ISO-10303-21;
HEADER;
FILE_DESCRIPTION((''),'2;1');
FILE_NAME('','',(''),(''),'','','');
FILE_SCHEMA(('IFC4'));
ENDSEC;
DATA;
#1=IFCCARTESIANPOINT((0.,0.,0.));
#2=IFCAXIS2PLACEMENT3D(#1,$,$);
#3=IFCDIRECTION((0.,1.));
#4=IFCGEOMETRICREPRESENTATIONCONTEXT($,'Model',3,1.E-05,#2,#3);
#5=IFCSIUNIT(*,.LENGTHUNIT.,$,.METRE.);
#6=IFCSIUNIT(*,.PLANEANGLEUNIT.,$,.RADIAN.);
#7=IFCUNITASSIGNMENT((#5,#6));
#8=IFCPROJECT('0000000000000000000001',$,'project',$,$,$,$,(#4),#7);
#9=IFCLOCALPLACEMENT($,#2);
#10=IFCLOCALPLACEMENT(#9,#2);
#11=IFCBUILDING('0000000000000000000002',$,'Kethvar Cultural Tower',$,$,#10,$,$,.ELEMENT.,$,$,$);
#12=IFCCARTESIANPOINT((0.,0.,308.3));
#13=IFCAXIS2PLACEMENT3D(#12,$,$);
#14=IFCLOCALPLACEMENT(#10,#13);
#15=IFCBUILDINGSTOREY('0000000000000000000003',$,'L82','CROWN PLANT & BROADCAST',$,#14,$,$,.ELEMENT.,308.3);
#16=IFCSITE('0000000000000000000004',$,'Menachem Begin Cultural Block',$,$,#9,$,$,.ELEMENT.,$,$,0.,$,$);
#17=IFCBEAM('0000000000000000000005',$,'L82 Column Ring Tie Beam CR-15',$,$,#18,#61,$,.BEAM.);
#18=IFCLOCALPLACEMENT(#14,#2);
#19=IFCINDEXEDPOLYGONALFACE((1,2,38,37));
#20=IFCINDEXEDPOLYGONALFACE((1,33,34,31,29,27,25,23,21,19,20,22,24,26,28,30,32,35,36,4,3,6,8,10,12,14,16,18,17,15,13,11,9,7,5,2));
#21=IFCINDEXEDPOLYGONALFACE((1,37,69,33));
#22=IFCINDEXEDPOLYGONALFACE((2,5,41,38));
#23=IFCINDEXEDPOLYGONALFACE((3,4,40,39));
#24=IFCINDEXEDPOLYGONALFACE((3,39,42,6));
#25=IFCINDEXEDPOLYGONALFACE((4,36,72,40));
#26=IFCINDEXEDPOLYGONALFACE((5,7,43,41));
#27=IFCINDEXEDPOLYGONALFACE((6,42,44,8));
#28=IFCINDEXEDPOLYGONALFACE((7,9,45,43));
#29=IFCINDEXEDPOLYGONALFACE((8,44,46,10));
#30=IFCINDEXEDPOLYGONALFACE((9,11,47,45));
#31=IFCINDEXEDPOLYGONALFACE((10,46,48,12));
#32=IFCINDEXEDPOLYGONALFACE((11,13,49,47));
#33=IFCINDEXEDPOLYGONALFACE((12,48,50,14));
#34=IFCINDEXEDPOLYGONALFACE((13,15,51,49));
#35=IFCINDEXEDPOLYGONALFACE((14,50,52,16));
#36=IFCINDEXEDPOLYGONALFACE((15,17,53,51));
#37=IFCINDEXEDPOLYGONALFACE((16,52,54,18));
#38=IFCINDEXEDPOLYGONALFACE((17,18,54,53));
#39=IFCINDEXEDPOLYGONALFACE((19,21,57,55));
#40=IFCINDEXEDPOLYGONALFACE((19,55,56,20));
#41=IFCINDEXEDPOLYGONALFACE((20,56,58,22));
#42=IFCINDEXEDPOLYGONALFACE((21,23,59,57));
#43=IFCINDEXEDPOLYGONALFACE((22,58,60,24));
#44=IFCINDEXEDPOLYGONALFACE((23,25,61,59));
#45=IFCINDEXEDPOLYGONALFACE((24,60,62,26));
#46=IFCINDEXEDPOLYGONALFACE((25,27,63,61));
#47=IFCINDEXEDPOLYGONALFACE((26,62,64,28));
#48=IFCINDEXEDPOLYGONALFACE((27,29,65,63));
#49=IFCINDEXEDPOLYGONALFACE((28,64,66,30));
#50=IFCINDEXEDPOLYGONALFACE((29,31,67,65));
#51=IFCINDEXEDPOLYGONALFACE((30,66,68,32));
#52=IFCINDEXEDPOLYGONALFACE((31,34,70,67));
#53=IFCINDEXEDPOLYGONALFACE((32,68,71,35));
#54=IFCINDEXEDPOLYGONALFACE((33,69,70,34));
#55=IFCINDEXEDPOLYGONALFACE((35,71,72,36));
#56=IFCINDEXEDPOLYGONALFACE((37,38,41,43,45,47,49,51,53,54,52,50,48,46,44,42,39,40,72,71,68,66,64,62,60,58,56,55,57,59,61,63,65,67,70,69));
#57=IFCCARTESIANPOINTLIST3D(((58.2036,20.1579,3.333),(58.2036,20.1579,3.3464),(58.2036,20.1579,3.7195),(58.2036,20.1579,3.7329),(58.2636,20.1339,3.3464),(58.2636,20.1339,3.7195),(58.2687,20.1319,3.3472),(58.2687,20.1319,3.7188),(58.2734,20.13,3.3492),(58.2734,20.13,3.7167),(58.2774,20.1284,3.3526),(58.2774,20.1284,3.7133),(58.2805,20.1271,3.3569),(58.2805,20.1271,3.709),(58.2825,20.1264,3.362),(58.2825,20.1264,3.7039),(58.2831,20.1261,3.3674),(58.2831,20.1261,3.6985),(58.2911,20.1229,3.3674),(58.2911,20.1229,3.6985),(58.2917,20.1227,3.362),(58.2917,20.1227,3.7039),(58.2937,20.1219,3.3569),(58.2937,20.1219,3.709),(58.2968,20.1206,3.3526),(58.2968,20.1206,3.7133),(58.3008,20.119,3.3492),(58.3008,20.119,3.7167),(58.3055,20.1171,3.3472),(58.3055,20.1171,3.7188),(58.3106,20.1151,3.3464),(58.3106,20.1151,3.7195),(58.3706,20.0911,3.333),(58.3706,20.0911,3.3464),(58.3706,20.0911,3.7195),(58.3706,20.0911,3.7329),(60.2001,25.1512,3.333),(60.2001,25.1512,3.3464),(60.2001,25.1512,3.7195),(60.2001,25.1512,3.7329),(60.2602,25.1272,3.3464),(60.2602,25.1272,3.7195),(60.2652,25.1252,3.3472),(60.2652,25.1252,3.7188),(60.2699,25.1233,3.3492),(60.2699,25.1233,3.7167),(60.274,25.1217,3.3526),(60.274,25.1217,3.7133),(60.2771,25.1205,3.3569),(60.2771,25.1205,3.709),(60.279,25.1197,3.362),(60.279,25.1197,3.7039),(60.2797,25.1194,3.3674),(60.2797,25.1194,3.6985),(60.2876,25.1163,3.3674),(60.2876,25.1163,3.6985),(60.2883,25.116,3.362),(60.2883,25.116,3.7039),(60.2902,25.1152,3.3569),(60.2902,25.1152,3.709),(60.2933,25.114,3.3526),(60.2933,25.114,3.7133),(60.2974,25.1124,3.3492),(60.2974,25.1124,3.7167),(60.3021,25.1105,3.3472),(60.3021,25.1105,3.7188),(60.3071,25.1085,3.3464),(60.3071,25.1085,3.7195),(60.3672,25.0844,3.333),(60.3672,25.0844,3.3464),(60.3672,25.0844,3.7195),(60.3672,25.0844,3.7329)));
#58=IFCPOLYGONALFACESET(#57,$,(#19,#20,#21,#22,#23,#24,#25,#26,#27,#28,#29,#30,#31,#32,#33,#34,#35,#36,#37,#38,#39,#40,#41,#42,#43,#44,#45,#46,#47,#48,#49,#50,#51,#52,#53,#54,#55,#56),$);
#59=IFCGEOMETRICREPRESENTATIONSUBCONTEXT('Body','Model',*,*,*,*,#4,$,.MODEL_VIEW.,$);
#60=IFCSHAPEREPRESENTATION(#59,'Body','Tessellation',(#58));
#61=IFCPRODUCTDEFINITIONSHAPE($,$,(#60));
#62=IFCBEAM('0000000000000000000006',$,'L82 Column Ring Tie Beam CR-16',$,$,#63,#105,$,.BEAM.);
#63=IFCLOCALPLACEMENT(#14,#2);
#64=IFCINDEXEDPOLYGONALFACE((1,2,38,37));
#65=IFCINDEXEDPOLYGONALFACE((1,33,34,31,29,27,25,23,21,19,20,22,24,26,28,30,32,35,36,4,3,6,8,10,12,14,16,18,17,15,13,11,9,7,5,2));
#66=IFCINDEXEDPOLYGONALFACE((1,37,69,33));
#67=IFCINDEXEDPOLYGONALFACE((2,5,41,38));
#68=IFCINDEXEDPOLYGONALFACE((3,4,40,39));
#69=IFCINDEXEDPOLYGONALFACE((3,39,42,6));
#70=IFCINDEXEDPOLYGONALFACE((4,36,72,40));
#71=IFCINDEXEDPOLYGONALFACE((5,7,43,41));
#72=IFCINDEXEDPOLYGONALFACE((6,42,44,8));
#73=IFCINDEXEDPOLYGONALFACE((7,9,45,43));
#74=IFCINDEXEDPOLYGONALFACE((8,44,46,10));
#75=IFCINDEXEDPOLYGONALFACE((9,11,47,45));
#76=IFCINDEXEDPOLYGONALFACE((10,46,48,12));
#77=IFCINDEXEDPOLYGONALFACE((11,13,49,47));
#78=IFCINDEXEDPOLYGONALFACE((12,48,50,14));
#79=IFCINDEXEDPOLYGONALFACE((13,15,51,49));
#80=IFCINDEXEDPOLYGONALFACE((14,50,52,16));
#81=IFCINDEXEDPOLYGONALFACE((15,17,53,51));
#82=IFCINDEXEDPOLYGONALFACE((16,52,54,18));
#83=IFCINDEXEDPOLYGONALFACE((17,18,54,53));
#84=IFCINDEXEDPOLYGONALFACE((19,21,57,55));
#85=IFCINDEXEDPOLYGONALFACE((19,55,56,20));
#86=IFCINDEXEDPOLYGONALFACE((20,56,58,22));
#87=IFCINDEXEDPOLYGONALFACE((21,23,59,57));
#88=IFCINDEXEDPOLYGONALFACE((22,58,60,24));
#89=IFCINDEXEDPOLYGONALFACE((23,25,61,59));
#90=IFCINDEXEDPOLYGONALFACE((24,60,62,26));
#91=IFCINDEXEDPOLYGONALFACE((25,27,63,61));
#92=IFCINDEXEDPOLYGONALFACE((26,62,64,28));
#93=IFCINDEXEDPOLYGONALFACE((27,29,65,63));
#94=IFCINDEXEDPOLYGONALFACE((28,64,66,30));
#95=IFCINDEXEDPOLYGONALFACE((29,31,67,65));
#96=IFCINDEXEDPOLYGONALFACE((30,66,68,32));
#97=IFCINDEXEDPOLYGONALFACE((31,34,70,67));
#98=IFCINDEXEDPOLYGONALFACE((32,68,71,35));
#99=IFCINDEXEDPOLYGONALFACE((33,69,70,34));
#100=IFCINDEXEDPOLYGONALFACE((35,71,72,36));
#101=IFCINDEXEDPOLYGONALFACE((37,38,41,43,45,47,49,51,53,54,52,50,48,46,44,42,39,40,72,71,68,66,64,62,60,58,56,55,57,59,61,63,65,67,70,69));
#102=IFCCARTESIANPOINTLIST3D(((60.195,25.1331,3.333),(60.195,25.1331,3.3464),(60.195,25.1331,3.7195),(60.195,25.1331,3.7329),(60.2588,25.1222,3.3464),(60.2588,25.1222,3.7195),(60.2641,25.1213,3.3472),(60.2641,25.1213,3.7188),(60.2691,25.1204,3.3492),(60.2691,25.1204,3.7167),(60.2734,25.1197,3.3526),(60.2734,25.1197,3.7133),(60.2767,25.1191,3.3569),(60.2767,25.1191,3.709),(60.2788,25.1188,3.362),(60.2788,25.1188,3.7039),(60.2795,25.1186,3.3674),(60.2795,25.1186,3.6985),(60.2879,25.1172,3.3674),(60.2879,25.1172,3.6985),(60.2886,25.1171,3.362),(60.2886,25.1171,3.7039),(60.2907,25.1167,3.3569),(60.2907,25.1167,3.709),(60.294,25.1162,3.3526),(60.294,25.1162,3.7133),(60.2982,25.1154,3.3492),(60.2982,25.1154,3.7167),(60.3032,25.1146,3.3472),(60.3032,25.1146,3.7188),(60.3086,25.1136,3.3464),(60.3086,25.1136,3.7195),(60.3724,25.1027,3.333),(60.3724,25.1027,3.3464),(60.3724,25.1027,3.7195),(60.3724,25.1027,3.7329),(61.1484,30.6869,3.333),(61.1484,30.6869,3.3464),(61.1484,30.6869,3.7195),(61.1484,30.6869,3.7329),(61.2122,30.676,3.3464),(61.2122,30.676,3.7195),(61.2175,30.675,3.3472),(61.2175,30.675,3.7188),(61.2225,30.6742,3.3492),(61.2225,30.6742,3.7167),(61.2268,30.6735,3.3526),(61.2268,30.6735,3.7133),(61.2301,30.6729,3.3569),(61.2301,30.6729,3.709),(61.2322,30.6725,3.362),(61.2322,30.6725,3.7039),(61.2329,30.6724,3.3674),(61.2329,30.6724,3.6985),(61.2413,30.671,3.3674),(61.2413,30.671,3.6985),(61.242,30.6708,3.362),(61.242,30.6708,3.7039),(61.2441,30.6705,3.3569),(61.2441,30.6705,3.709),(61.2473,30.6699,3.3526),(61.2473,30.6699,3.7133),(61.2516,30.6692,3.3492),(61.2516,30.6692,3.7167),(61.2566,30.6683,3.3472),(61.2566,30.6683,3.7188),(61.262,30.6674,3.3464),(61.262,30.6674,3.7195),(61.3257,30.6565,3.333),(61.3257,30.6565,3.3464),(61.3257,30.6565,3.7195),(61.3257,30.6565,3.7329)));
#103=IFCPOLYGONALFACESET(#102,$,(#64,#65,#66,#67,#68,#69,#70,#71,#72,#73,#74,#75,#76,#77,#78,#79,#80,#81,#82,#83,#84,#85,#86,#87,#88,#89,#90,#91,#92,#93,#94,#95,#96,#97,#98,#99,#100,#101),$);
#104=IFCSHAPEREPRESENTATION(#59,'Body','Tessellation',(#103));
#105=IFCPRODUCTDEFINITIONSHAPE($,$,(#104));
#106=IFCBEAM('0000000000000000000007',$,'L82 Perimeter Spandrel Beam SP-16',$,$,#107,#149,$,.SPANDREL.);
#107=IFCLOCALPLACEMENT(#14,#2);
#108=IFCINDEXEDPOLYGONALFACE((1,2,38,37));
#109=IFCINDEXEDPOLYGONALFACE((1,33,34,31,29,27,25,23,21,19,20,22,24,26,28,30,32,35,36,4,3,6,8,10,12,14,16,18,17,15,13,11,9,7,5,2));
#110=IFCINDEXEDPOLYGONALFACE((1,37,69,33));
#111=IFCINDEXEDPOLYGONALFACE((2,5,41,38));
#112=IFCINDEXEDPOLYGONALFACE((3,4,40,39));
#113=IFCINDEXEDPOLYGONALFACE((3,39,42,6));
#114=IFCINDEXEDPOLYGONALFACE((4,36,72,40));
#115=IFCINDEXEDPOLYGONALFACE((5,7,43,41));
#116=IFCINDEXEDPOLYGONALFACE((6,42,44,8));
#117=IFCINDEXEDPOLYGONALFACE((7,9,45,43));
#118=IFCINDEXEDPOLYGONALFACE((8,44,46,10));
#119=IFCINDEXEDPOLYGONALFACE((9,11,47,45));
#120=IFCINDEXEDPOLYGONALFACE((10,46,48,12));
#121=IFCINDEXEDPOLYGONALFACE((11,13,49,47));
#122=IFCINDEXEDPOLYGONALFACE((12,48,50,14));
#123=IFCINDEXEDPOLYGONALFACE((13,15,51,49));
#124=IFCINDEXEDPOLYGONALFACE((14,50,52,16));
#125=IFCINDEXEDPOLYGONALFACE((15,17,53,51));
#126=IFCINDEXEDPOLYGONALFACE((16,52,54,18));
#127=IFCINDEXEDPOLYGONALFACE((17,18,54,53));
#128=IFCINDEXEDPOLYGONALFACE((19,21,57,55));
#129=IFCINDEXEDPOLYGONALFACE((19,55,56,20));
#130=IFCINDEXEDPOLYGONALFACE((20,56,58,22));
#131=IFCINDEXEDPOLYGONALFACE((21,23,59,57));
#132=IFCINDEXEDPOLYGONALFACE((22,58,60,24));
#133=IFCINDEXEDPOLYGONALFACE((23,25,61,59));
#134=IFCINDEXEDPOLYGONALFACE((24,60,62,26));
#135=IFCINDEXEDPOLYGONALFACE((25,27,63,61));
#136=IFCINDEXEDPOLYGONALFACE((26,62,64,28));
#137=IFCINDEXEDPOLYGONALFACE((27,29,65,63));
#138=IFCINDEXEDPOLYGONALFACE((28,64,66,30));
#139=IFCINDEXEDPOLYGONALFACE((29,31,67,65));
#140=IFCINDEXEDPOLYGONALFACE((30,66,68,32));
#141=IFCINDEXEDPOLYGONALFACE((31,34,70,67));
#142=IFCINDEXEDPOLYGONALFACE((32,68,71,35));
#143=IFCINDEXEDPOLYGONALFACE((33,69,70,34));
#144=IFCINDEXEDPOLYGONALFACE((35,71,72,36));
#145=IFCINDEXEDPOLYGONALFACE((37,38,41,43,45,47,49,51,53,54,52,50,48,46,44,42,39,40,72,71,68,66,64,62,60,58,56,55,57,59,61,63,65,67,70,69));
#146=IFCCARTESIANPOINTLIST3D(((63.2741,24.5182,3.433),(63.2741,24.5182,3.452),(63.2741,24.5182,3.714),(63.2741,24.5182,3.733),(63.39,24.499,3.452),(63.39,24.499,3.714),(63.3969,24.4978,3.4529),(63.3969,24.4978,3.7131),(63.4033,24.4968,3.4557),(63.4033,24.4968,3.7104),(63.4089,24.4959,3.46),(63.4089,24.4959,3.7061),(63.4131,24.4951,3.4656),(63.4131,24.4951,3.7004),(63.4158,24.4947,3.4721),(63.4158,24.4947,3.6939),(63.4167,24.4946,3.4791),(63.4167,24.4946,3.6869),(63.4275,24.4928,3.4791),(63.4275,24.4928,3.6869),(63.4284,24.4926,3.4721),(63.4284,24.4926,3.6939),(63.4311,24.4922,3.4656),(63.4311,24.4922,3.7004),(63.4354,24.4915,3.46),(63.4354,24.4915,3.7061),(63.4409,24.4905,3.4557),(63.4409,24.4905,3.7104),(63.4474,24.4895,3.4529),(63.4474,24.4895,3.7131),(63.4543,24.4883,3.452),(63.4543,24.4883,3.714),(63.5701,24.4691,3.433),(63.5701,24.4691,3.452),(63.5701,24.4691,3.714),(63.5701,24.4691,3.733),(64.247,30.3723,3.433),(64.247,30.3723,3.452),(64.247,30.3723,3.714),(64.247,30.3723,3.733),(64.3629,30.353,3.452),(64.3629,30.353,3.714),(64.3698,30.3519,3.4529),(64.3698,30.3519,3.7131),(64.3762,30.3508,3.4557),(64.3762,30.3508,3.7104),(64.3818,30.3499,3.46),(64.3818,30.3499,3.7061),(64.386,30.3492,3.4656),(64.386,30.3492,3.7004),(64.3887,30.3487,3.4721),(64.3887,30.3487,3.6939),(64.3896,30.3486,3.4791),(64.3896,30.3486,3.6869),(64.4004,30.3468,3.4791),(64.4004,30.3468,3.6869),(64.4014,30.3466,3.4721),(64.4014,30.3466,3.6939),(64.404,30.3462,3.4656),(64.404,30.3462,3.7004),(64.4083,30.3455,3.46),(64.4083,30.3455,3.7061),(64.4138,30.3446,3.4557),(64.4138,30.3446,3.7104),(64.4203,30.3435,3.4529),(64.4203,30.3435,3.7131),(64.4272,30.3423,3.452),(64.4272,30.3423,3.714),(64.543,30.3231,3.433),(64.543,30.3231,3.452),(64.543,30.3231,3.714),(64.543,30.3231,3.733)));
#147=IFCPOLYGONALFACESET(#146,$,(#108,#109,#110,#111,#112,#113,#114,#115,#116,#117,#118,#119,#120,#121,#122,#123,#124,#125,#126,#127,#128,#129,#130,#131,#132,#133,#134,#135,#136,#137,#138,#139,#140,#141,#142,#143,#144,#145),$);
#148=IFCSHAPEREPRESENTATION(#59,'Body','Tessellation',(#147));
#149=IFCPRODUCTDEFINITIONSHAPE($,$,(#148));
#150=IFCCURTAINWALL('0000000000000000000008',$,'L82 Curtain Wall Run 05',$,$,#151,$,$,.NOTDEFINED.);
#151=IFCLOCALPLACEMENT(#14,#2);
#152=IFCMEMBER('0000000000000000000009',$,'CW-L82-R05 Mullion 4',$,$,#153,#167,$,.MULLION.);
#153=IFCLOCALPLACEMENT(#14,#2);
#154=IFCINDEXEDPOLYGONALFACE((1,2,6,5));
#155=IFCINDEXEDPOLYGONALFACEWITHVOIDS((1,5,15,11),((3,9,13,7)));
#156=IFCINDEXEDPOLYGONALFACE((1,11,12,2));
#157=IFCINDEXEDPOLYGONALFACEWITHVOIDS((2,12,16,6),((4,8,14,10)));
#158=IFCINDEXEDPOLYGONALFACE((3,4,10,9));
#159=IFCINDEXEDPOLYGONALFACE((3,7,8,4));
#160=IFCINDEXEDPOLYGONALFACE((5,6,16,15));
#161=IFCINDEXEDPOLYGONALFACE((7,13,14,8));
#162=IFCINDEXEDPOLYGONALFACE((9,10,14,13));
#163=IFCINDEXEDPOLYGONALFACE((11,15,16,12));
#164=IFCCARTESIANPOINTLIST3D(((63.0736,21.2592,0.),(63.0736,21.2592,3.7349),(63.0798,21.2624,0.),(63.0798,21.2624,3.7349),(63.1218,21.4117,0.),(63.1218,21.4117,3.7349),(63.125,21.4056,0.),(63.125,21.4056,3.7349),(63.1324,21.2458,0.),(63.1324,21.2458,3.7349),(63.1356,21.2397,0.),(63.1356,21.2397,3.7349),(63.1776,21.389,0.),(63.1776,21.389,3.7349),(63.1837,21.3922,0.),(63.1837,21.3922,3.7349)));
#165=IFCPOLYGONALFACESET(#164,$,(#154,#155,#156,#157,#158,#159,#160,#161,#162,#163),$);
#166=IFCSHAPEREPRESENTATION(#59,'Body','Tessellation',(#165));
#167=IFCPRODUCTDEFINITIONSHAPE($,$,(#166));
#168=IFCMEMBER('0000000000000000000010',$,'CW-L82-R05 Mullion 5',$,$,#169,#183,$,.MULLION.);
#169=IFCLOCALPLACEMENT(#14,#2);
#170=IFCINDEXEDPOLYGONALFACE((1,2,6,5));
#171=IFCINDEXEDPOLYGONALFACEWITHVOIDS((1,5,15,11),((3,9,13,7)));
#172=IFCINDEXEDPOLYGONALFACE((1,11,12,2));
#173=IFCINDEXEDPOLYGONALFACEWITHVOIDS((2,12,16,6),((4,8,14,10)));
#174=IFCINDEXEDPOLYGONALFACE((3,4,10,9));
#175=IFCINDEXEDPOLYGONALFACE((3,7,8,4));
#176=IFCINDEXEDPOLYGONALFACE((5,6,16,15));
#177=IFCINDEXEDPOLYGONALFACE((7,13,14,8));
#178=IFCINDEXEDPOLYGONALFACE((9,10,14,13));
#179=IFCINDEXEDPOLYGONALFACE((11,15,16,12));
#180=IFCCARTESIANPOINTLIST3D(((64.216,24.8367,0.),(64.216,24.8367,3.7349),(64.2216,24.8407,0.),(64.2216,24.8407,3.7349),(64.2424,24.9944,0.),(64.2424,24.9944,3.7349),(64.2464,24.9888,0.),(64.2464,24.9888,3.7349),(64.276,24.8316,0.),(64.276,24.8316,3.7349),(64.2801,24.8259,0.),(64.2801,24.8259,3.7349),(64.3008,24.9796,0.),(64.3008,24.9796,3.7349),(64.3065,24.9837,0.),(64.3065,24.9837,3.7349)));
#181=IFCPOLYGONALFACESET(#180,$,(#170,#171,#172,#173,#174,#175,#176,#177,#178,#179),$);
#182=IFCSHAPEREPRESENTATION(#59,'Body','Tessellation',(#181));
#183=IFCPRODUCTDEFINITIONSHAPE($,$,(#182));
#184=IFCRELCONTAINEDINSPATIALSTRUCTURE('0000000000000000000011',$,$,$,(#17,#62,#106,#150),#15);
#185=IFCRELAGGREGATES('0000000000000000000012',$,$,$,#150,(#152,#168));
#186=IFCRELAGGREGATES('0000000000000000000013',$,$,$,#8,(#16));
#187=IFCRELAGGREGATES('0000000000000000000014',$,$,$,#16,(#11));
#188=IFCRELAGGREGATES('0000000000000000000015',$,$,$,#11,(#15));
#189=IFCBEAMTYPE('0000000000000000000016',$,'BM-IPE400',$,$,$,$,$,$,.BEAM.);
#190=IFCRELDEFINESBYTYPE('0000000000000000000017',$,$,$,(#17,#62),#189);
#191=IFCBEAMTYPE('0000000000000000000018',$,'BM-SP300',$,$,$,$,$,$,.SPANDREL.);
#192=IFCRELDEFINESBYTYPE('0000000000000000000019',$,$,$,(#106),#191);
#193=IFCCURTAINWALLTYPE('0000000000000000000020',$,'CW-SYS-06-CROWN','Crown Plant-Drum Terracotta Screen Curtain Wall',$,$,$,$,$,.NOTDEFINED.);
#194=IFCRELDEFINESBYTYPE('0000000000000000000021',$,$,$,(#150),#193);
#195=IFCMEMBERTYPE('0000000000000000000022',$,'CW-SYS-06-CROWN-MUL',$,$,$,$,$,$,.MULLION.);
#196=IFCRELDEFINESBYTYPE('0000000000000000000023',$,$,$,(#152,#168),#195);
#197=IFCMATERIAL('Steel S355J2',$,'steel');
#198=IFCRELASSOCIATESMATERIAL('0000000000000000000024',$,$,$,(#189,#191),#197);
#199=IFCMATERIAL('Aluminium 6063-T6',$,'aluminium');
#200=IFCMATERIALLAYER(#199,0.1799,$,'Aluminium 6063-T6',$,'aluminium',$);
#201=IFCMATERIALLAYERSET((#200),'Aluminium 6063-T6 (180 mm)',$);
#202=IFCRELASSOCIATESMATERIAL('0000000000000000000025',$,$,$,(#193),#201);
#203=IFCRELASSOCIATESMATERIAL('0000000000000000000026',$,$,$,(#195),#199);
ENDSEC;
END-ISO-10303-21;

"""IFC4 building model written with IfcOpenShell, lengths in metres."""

from ifc_helpers import new_model, si_unit, direction, frame, origin, origin_2d, place, context, subcontext, project, spatial, hollow_rectangle, i_section, extrude, source, transform, mapped, material, layer, layer_set, material_profile, profile_set, type_object, element, aggregate, save


model = new_model("IFC4")

# Units and contexts
model_context = context("Model", 3, precision=1e-05, world=origin(), true_north=direction((0.0, 1.0)))
body_context = subcontext(model_context, "Body", "Model", "MODEL_VIEW")
ifc_project = project(units=[si_unit("LENGTHUNIT", "METRE"), si_unit("PLANEANGLEUNIT", "RADIAN")], contexts=[model_context])

# Site, building, storey
site_placement = place(None, origin())
site = spatial("IfcSite", under=ifc_project, at=site_placement, Name="Menachem Begin Cultural Block", CompositionType="ELEMENT", RefElevation=0.0)
building_placement = place(site_placement, origin())
building = spatial("IfcBuilding", under=site, at=building_placement, Name="Kethvar Cultural Tower", CompositionType="ELEMENT")
storey_placement = place(building_placement, frame((0.0, 0.0, 308.3)))
storey = spatial("IfcBuildingStorey", under=building, at=storey_placement, Name="L82", Description="CROWN PLANT & BROADCAST", CompositionType="ELEMENT", Elevation=308.3)

# Shared definitions
ifc_material_1 = material(Name="Steel S355J2", Category="steel")

# Beams
ifc_material_profile_1 = material_profile(ifc_material_1, i_section(OverallWidth=0.1799, OverallDepth=0.3999, WebThickness=0.0085, FlangeThickness=0.0134, FilletRadius=0.021, at=origin_2d()), Name="Steel S355J2 — IPE400")
ifc_profile_set_1 = profile_set([ifc_material_profile_1], Name="Steel S355J2 — IPE400")
beam_type_1 = type_object("IfcBeamType", Name="BM-IPE400", PredefinedType="BEAM", material=ifc_profile_set_1)
shared_shape_1 = source(origin(), body_context, "Body", "SweptSolid", [
    extrude(i_section(OverallWidth=0.1799, OverallDepth=0.3999, WebThickness=0.0085, FlangeThickness=0.0134, FilletRadius=0.021, at=origin_2d()), origin(), (0.0, 0.0, 1.0), 5.3777),
])
beam_1_placement = place(storey_placement, frame((58.2871, 20.1245, 3.533), z_axis=(0.371265, 0.928527, 0.0), x_axis=(-0.928527, 0.371265, 0.0)))
element("IfcBeam", 1, at=beam_1_placement, inside=storey, type_object=beam_type_1, Name="L82 Column Ring Tie Beam CR-15", PredefinedType="BEAM", context=body_context, shape_type="MappedRepresentation", body=[
    mapped(shared_shape_1, transform((0.0, 0.0, 0.0), scale=1.0)),
])
shared_shape_2 = source(origin(), body_context, "Body", "SweptSolid", [
    extrude(i_section(OverallWidth=0.1799, OverallDepth=0.3999, WebThickness=0.0085, FlangeThickness=0.0134, FilletRadius=0.021, at=origin_2d()), origin(), (0.0, 0.0, 1.0), 5.635),
])
beam_2_placement = place(storey_placement, frame((60.2837, 25.1179, 3.533), z_axis=(0.169189, 0.985584, 0.0), x_axis=(-0.985584, 0.169189, 0.0)))
element("IfcBeam", 2, at=beam_2_placement, inside=storey, type_object=beam_type_1, Name="L82 Column Ring Tie Beam CR-16", PredefinedType="BEAM", context=body_context, shape_type="MappedRepresentation", body=[
    mapped(shared_shape_2, transform((0.0, 0.0, 0.0), scale=1.0)),
])
ifc_material_profile_2 = material_profile(ifc_material_1, i_section(OverallWidth=0.3, OverallDepth=0.3, WebThickness=0.011, FlangeThickness=0.019, FilletRadius=0.0271, at=origin_2d()), Name="Steel S355J2 — HEB300")
ifc_profile_set_2 = profile_set([ifc_material_profile_2], Name="Steel S355J2 — HEB300")
beam_type_2 = type_object("IfcBeamType", Name="BM-SP300", PredefinedType="SPANDREL", material=ifc_profile_set_2)
shared_shape_3 = source(origin(), body_context, "Body", "SweptSolid", [
    extrude(i_section(OverallWidth=0.3, OverallDepth=0.3, WebThickness=0.011, FlangeThickness=0.019, FilletRadius=0.0271, at=origin_2d()), origin(), (0.0, 0.0, 1.0), 5.9343),
])
beam_3_placement = place(storey_placement, frame((63.4221, 24.4937, 3.583), z_axis=(0.163945, 0.986469, 0.0), x_axis=(-0.986469, 0.163945, 0.0)))
element("IfcBeam", 3, at=beam_3_placement, inside=storey, type_object=beam_type_2, Name="L82 Perimeter Spandrel Beam SP-16", PredefinedType="SPANDREL", context=body_context, shape_type="MappedRepresentation", body=[
    mapped(shared_shape_3, transform((0.0, 0.0, 0.0), scale=1.0)),
])

# Curtain wall, members
ifc_material_2 = material(Name="Aluminium 6063-T6", Category="aluminium")
ifc_layer_1 = layer(ifc_material_2, 0.1799, Name="Aluminium 6063-T6", Category="aluminium")
ifc_layer_set_1 = layer_set([ifc_layer_1], Name="Aluminium 6063-T6 (180 mm)")
curtain_wall_type = type_object("IfcCurtainWallType", Name="CW-SYS-06-CROWN", Description="Crown Plant-Drum Terracotta Screen Curtain Wall", PredefinedType="NOTDEFINED", material=ifc_layer_set_1)
curtain_wall_placement = place(storey_placement, origin())
curtain_wall = element("IfcCurtainWall", 4, at=curtain_wall_placement, inside=storey, type_object=curtain_wall_type, Name="L82 Curtain Wall Run 05", PredefinedType="NOTDEFINED")
ifc_material_profile_3 = material_profile(ifc_material_2, hollow_rectangle(XDim=0.0649, YDim=0.1599, WallThickness=0.0049, at=origin_2d()), Name="Aluminium 6063-T6 — RHS160x65x5")
ifc_profile_set_3 = profile_set([ifc_material_profile_3], Name="Aluminium 6063-T6 — RHS160x65x5")
member_type_1 = type_object("IfcMemberType", Name="CW-SYS-06-CROWN-MUL", PredefinedType="MULLION", material=ifc_profile_set_3)
shared_shape_4 = source(origin(), body_context, "Body", "SweptSolid", [
    extrude(hollow_rectangle(XDim=0.0649, YDim=0.1599, WallThickness=0.0049, at=origin_2d()), origin(), (0.0, 0.0, 1.0), 3.7349),
])
member_1_placement = place(storey_placement, frame((63.1287, 21.3257, 0.0), z_axis=(0.0, 0.0, 1.0), x_axis=(-0.953617, 0.301022, 0.0)))
member_1 = element("IfcMember", 5, at=member_1_placement, type_object=member_type_1, Name="CW-L82-R05 Mullion 4", PredefinedType="MULLION", context=body_context, shape_type="MappedRepresentation", body=[
    mapped(shared_shape_4, transform((0.0, 0.0, 0.0), scale=1.0)),
])
member_2_placement = place(storey_placement, frame((64.2612, 24.9102, 0.0), z_axis=(0.0, 0.0, 1.0), x_axis=(-0.986286, 0.165048, 0.0)))
member_2 = element("IfcMember", 6, at=member_2_placement, type_object=member_type_1, Name="CW-L82-R05 Mullion 5", PredefinedType="MULLION", context=body_context, shape_type="MappedRepresentation", body=[
    mapped(shared_shape_4, transform((0.0, 0.0, 0.0), scale=1.0)),
])
aggregate(curtain_wall, [member_1, member_2])

save(model, "model.ifc")
